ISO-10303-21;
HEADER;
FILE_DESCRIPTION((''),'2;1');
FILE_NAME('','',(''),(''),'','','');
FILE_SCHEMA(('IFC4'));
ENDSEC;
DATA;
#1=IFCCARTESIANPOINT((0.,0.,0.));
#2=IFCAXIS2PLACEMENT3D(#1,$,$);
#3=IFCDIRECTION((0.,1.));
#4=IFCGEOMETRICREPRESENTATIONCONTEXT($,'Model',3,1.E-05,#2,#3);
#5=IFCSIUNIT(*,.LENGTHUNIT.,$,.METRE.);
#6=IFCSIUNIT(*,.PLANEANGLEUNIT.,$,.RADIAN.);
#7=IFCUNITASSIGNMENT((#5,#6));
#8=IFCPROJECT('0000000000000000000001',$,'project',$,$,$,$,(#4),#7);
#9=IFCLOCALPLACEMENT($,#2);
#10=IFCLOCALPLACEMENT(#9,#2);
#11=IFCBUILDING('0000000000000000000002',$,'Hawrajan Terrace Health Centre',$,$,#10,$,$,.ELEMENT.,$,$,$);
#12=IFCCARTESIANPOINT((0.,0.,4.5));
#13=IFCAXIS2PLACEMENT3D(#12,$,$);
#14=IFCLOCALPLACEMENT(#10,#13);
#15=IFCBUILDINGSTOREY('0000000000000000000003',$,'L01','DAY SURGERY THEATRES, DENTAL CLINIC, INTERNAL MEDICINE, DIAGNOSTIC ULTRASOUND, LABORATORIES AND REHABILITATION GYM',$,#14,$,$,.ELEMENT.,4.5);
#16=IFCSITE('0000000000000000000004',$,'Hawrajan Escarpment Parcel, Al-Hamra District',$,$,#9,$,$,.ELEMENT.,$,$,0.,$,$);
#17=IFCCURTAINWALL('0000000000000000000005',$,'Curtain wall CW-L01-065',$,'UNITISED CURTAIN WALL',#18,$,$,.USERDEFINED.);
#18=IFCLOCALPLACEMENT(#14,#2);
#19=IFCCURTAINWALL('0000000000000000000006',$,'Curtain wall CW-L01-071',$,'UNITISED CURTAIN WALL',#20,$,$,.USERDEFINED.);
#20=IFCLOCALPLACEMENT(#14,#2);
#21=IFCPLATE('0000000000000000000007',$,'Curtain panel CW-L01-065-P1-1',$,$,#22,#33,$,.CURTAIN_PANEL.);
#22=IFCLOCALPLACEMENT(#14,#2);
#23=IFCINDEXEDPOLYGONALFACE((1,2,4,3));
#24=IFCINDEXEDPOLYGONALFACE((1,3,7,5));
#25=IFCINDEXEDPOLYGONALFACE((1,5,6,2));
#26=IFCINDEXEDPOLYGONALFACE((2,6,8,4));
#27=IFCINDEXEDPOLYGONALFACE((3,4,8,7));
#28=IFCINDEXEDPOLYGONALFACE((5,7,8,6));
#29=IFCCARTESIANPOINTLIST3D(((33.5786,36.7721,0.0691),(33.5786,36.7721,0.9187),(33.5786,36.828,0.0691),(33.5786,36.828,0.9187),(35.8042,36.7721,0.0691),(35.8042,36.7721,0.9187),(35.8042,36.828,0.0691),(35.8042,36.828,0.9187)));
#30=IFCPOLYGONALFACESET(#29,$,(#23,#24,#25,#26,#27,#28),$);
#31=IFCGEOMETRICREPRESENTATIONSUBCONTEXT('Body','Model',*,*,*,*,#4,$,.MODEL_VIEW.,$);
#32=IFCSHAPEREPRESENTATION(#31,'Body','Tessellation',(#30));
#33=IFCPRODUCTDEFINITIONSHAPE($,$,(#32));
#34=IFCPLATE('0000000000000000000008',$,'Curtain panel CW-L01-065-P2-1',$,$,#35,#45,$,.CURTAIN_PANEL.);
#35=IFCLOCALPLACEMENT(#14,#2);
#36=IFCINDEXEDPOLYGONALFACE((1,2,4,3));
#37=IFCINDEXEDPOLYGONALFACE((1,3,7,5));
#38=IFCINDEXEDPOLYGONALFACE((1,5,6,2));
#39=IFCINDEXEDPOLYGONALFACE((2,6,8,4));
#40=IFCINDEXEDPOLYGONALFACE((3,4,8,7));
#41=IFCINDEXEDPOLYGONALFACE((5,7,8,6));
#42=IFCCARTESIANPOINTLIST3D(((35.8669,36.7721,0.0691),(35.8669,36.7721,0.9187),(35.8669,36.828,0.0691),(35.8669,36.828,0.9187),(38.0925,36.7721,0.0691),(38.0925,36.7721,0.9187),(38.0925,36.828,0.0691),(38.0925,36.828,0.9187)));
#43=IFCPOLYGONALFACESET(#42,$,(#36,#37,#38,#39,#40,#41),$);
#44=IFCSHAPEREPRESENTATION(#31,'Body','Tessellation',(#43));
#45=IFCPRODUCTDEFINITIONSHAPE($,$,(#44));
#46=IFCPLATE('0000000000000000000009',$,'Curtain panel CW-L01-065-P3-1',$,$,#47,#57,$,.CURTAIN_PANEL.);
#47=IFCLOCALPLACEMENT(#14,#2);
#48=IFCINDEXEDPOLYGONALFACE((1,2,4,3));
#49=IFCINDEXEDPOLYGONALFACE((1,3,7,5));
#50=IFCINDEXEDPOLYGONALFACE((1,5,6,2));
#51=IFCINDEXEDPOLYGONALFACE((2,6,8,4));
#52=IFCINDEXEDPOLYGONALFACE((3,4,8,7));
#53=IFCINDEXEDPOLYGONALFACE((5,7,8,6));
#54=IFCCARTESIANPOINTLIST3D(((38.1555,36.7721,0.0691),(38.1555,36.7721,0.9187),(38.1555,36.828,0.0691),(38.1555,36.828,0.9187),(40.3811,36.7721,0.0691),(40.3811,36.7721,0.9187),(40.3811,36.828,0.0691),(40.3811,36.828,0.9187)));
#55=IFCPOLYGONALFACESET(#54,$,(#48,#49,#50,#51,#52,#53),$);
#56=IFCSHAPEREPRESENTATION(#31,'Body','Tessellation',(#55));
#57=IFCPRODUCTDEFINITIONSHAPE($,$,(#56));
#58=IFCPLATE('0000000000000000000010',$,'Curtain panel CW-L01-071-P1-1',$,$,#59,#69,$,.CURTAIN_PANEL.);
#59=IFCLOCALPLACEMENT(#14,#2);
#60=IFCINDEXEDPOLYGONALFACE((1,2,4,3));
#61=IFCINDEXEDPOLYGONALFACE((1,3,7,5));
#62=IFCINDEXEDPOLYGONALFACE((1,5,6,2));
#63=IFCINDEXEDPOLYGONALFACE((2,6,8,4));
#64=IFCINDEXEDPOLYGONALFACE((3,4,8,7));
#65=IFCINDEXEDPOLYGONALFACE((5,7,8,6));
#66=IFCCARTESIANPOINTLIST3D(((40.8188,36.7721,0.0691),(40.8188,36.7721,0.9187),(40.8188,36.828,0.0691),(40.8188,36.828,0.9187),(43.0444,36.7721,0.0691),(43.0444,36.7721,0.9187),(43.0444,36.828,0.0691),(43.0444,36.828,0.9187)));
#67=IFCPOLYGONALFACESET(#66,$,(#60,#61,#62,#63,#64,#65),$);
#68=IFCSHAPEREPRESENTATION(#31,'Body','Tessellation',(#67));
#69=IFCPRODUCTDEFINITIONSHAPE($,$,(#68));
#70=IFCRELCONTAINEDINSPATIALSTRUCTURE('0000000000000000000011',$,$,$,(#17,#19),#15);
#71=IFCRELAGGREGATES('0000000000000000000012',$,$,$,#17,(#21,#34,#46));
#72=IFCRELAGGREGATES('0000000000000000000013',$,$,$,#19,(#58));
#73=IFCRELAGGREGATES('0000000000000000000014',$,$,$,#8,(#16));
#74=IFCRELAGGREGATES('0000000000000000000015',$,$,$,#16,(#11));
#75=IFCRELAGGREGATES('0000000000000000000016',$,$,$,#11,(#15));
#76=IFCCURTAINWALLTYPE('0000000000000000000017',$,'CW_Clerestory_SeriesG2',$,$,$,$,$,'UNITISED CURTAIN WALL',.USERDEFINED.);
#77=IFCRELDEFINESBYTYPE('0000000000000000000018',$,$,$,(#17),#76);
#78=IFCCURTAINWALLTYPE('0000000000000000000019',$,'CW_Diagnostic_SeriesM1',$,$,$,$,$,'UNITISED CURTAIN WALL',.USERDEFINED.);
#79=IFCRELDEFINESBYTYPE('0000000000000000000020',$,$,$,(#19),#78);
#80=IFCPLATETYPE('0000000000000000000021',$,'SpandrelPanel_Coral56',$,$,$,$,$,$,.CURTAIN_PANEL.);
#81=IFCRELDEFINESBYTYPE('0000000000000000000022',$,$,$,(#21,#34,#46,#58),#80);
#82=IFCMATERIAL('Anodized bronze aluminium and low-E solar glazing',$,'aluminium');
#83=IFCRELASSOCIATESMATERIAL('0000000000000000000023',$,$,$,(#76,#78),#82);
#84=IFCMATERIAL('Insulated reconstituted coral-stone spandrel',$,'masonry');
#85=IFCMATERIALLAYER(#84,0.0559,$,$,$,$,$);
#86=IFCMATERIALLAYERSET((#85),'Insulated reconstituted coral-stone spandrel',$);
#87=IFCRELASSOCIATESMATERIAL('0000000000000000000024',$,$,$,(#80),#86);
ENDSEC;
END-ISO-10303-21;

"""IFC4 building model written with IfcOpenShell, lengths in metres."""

from ifc_helpers import new_model, si_unit, direction, frame, origin, origin_2d, place, context, subcontext, project, spatial, rectangle, extrude, material, layer, layer_set, type_object, element, aggregate, save


model = new_model("IFC4")

# Units and contexts
model_context = context("Model", 3, precision=1e-05, world=origin(), true_north=direction((0.0, 1.0)))
body_context = subcontext(model_context, "Body", "Model", "MODEL_VIEW")
ifc_project = project(units=[si_unit("LENGTHUNIT", "METRE"), si_unit("PLANEANGLEUNIT", "RADIAN")], contexts=[model_context])

# Site, building, storey
site_placement = place(None, origin())
site = spatial("IfcSite", under=ifc_project, at=site_placement, Name="Hawrajan Escarpment Parcel, Al-Hamra District", CompositionType="ELEMENT", RefElevation=0.0)
building_placement = place(site_placement, origin())
building = spatial("IfcBuilding", under=site, at=building_placement, Name="Hawrajan Terrace Health Centre", CompositionType="ELEMENT")
storey_placement = place(building_placement, frame((0.0, 0.0, 4.5)))
storey = spatial("IfcBuildingStorey", under=building, at=storey_placement, Name="L01", Description="DAY SURGERY THEATRES, DENTAL CLINIC, INTERNAL MEDICINE, DIAGNOSTIC ULTRASOUND, LABORATORIES AND REHABILITATION GYM", CompositionType="ELEMENT", Elevation=4.5)

# Curtain walls
ifc_material_1 = material(Name="Anodized bronze aluminium and low-E solar glazing", Category="aluminium")
curtain_wall_type_1 = type_object("IfcCurtainWallType", Name="CW_Clerestory_SeriesG2", ElementType="UNITISED CURTAIN WALL", PredefinedType="USERDEFINED", material=ifc_material_1)
curtain_wall_1_placement = place(storey_placement, origin())
curtain_wall_1 = element("IfcCurtainWall", 1, at=curtain_wall_1_placement, inside=storey, type_object=curtain_wall_type_1, Name="Curtain wall CW-L01-065", ObjectType="UNITISED CURTAIN WALL", PredefinedType="USERDEFINED")
curtain_wall_type_2 = type_object("IfcCurtainWallType", Name="CW_Diagnostic_SeriesM1", ElementType="UNITISED CURTAIN WALL", PredefinedType="USERDEFINED", material=ifc_material_1)
curtain_wall_2_placement = place(storey_placement, origin())
curtain_wall_2 = element("IfcCurtainWall", 2, at=curtain_wall_2_placement, inside=storey, type_object=curtain_wall_type_2, Name="Curtain wall CW-L01-071", ObjectType="UNITISED CURTAIN WALL", PredefinedType="USERDEFINED")

# Plates
ifc_material_2 = material(Name="Insulated reconstituted coral-stone spandrel", Category="masonry")
ifc_layer_1 = layer(ifc_material_2, 0.0559)
ifc_layer_set_1 = layer_set([ifc_layer_1], Name="Insulated reconstituted coral-stone spandrel")
plate_type_1 = type_object("IfcPlateType", Name="SpandrelPanel_Coral56", PredefinedType="CURTAIN_PANEL", material=ifc_layer_set_1)
plate_1_placement = place(storey_placement, frame((34.6914, 36.8, 0.0691), z_axis=(0.0, 0.0, 1.0), x_axis=(1.0, 0.0, 0.0)))
plate_1 = element("IfcPlate", 3, at=plate_1_placement, type_object=plate_type_1, Name="Curtain panel CW-L01-065-P1-1", PredefinedType="CURTAIN_PANEL", context=body_context, shape_type="SweptSolid", body=[
    extrude(rectangle(XDim=2.2256, YDim=0.0559, at=origin_2d()), origin(), (0.0, 0.0, 1.0), 0.8496),
])
plate_2_placement = place(storey_placement, frame((36.9797, 36.8, 0.0691), z_axis=(0.0, 0.0, 1.0), x_axis=(1.0, 0.0, 0.0)))
plate_2 = element("IfcPlate", 4, at=plate_2_placement, type_object=plate_type_1, Name="Curtain panel CW-L01-065-P2-1", PredefinedType="CURTAIN_PANEL", context=body_context, shape_type="SweptSolid", body=[
    extrude(rectangle(XDim=2.2256, YDim=0.0559, at=origin_2d()), origin(), (0.0, 0.0, 1.0), 0.8496),
])
plate_3_placement = place(storey_placement, frame((39.2683, 36.8, 0.0691), z_axis=(0.0, 0.0, 1.0), x_axis=(1.0, 0.0, 0.0)))
plate_3 = element("IfcPlate", 5, at=plate_3_placement, type_object=plate_type_1, Name="Curtain panel CW-L01-065-P3-1", PredefinedType="CURTAIN_PANEL", context=body_context, shape_type="SweptSolid", body=[
    extrude(rectangle(XDim=2.2256, YDim=0.0559, at=origin_2d()), origin(), (0.0, 0.0, 1.0), 0.8496),
])
aggregate(curtain_wall_1, [plate_1, plate_2, plate_3])
plate_4_placement = place(storey_placement, frame((41.9316, 36.8, 0.0691), z_axis=(0.0, 0.0, 1.0), x_axis=(1.0, 0.0, 0.0)))
plate_4 = element("IfcPlate", 6, at=plate_4_placement, type_object=plate_type_1, Name="Curtain panel CW-L01-071-P1-1", PredefinedType="CURTAIN_PANEL", context=body_context, shape_type="SweptSolid", body=[
    extrude(rectangle(XDim=2.2256, YDim=0.0559, at=origin_2d()), origin(), (0.0, 0.0, 1.0), 0.8496),
])
aggregate(curtain_wall_2, [plate_4])

save(model, "model.ifc")
